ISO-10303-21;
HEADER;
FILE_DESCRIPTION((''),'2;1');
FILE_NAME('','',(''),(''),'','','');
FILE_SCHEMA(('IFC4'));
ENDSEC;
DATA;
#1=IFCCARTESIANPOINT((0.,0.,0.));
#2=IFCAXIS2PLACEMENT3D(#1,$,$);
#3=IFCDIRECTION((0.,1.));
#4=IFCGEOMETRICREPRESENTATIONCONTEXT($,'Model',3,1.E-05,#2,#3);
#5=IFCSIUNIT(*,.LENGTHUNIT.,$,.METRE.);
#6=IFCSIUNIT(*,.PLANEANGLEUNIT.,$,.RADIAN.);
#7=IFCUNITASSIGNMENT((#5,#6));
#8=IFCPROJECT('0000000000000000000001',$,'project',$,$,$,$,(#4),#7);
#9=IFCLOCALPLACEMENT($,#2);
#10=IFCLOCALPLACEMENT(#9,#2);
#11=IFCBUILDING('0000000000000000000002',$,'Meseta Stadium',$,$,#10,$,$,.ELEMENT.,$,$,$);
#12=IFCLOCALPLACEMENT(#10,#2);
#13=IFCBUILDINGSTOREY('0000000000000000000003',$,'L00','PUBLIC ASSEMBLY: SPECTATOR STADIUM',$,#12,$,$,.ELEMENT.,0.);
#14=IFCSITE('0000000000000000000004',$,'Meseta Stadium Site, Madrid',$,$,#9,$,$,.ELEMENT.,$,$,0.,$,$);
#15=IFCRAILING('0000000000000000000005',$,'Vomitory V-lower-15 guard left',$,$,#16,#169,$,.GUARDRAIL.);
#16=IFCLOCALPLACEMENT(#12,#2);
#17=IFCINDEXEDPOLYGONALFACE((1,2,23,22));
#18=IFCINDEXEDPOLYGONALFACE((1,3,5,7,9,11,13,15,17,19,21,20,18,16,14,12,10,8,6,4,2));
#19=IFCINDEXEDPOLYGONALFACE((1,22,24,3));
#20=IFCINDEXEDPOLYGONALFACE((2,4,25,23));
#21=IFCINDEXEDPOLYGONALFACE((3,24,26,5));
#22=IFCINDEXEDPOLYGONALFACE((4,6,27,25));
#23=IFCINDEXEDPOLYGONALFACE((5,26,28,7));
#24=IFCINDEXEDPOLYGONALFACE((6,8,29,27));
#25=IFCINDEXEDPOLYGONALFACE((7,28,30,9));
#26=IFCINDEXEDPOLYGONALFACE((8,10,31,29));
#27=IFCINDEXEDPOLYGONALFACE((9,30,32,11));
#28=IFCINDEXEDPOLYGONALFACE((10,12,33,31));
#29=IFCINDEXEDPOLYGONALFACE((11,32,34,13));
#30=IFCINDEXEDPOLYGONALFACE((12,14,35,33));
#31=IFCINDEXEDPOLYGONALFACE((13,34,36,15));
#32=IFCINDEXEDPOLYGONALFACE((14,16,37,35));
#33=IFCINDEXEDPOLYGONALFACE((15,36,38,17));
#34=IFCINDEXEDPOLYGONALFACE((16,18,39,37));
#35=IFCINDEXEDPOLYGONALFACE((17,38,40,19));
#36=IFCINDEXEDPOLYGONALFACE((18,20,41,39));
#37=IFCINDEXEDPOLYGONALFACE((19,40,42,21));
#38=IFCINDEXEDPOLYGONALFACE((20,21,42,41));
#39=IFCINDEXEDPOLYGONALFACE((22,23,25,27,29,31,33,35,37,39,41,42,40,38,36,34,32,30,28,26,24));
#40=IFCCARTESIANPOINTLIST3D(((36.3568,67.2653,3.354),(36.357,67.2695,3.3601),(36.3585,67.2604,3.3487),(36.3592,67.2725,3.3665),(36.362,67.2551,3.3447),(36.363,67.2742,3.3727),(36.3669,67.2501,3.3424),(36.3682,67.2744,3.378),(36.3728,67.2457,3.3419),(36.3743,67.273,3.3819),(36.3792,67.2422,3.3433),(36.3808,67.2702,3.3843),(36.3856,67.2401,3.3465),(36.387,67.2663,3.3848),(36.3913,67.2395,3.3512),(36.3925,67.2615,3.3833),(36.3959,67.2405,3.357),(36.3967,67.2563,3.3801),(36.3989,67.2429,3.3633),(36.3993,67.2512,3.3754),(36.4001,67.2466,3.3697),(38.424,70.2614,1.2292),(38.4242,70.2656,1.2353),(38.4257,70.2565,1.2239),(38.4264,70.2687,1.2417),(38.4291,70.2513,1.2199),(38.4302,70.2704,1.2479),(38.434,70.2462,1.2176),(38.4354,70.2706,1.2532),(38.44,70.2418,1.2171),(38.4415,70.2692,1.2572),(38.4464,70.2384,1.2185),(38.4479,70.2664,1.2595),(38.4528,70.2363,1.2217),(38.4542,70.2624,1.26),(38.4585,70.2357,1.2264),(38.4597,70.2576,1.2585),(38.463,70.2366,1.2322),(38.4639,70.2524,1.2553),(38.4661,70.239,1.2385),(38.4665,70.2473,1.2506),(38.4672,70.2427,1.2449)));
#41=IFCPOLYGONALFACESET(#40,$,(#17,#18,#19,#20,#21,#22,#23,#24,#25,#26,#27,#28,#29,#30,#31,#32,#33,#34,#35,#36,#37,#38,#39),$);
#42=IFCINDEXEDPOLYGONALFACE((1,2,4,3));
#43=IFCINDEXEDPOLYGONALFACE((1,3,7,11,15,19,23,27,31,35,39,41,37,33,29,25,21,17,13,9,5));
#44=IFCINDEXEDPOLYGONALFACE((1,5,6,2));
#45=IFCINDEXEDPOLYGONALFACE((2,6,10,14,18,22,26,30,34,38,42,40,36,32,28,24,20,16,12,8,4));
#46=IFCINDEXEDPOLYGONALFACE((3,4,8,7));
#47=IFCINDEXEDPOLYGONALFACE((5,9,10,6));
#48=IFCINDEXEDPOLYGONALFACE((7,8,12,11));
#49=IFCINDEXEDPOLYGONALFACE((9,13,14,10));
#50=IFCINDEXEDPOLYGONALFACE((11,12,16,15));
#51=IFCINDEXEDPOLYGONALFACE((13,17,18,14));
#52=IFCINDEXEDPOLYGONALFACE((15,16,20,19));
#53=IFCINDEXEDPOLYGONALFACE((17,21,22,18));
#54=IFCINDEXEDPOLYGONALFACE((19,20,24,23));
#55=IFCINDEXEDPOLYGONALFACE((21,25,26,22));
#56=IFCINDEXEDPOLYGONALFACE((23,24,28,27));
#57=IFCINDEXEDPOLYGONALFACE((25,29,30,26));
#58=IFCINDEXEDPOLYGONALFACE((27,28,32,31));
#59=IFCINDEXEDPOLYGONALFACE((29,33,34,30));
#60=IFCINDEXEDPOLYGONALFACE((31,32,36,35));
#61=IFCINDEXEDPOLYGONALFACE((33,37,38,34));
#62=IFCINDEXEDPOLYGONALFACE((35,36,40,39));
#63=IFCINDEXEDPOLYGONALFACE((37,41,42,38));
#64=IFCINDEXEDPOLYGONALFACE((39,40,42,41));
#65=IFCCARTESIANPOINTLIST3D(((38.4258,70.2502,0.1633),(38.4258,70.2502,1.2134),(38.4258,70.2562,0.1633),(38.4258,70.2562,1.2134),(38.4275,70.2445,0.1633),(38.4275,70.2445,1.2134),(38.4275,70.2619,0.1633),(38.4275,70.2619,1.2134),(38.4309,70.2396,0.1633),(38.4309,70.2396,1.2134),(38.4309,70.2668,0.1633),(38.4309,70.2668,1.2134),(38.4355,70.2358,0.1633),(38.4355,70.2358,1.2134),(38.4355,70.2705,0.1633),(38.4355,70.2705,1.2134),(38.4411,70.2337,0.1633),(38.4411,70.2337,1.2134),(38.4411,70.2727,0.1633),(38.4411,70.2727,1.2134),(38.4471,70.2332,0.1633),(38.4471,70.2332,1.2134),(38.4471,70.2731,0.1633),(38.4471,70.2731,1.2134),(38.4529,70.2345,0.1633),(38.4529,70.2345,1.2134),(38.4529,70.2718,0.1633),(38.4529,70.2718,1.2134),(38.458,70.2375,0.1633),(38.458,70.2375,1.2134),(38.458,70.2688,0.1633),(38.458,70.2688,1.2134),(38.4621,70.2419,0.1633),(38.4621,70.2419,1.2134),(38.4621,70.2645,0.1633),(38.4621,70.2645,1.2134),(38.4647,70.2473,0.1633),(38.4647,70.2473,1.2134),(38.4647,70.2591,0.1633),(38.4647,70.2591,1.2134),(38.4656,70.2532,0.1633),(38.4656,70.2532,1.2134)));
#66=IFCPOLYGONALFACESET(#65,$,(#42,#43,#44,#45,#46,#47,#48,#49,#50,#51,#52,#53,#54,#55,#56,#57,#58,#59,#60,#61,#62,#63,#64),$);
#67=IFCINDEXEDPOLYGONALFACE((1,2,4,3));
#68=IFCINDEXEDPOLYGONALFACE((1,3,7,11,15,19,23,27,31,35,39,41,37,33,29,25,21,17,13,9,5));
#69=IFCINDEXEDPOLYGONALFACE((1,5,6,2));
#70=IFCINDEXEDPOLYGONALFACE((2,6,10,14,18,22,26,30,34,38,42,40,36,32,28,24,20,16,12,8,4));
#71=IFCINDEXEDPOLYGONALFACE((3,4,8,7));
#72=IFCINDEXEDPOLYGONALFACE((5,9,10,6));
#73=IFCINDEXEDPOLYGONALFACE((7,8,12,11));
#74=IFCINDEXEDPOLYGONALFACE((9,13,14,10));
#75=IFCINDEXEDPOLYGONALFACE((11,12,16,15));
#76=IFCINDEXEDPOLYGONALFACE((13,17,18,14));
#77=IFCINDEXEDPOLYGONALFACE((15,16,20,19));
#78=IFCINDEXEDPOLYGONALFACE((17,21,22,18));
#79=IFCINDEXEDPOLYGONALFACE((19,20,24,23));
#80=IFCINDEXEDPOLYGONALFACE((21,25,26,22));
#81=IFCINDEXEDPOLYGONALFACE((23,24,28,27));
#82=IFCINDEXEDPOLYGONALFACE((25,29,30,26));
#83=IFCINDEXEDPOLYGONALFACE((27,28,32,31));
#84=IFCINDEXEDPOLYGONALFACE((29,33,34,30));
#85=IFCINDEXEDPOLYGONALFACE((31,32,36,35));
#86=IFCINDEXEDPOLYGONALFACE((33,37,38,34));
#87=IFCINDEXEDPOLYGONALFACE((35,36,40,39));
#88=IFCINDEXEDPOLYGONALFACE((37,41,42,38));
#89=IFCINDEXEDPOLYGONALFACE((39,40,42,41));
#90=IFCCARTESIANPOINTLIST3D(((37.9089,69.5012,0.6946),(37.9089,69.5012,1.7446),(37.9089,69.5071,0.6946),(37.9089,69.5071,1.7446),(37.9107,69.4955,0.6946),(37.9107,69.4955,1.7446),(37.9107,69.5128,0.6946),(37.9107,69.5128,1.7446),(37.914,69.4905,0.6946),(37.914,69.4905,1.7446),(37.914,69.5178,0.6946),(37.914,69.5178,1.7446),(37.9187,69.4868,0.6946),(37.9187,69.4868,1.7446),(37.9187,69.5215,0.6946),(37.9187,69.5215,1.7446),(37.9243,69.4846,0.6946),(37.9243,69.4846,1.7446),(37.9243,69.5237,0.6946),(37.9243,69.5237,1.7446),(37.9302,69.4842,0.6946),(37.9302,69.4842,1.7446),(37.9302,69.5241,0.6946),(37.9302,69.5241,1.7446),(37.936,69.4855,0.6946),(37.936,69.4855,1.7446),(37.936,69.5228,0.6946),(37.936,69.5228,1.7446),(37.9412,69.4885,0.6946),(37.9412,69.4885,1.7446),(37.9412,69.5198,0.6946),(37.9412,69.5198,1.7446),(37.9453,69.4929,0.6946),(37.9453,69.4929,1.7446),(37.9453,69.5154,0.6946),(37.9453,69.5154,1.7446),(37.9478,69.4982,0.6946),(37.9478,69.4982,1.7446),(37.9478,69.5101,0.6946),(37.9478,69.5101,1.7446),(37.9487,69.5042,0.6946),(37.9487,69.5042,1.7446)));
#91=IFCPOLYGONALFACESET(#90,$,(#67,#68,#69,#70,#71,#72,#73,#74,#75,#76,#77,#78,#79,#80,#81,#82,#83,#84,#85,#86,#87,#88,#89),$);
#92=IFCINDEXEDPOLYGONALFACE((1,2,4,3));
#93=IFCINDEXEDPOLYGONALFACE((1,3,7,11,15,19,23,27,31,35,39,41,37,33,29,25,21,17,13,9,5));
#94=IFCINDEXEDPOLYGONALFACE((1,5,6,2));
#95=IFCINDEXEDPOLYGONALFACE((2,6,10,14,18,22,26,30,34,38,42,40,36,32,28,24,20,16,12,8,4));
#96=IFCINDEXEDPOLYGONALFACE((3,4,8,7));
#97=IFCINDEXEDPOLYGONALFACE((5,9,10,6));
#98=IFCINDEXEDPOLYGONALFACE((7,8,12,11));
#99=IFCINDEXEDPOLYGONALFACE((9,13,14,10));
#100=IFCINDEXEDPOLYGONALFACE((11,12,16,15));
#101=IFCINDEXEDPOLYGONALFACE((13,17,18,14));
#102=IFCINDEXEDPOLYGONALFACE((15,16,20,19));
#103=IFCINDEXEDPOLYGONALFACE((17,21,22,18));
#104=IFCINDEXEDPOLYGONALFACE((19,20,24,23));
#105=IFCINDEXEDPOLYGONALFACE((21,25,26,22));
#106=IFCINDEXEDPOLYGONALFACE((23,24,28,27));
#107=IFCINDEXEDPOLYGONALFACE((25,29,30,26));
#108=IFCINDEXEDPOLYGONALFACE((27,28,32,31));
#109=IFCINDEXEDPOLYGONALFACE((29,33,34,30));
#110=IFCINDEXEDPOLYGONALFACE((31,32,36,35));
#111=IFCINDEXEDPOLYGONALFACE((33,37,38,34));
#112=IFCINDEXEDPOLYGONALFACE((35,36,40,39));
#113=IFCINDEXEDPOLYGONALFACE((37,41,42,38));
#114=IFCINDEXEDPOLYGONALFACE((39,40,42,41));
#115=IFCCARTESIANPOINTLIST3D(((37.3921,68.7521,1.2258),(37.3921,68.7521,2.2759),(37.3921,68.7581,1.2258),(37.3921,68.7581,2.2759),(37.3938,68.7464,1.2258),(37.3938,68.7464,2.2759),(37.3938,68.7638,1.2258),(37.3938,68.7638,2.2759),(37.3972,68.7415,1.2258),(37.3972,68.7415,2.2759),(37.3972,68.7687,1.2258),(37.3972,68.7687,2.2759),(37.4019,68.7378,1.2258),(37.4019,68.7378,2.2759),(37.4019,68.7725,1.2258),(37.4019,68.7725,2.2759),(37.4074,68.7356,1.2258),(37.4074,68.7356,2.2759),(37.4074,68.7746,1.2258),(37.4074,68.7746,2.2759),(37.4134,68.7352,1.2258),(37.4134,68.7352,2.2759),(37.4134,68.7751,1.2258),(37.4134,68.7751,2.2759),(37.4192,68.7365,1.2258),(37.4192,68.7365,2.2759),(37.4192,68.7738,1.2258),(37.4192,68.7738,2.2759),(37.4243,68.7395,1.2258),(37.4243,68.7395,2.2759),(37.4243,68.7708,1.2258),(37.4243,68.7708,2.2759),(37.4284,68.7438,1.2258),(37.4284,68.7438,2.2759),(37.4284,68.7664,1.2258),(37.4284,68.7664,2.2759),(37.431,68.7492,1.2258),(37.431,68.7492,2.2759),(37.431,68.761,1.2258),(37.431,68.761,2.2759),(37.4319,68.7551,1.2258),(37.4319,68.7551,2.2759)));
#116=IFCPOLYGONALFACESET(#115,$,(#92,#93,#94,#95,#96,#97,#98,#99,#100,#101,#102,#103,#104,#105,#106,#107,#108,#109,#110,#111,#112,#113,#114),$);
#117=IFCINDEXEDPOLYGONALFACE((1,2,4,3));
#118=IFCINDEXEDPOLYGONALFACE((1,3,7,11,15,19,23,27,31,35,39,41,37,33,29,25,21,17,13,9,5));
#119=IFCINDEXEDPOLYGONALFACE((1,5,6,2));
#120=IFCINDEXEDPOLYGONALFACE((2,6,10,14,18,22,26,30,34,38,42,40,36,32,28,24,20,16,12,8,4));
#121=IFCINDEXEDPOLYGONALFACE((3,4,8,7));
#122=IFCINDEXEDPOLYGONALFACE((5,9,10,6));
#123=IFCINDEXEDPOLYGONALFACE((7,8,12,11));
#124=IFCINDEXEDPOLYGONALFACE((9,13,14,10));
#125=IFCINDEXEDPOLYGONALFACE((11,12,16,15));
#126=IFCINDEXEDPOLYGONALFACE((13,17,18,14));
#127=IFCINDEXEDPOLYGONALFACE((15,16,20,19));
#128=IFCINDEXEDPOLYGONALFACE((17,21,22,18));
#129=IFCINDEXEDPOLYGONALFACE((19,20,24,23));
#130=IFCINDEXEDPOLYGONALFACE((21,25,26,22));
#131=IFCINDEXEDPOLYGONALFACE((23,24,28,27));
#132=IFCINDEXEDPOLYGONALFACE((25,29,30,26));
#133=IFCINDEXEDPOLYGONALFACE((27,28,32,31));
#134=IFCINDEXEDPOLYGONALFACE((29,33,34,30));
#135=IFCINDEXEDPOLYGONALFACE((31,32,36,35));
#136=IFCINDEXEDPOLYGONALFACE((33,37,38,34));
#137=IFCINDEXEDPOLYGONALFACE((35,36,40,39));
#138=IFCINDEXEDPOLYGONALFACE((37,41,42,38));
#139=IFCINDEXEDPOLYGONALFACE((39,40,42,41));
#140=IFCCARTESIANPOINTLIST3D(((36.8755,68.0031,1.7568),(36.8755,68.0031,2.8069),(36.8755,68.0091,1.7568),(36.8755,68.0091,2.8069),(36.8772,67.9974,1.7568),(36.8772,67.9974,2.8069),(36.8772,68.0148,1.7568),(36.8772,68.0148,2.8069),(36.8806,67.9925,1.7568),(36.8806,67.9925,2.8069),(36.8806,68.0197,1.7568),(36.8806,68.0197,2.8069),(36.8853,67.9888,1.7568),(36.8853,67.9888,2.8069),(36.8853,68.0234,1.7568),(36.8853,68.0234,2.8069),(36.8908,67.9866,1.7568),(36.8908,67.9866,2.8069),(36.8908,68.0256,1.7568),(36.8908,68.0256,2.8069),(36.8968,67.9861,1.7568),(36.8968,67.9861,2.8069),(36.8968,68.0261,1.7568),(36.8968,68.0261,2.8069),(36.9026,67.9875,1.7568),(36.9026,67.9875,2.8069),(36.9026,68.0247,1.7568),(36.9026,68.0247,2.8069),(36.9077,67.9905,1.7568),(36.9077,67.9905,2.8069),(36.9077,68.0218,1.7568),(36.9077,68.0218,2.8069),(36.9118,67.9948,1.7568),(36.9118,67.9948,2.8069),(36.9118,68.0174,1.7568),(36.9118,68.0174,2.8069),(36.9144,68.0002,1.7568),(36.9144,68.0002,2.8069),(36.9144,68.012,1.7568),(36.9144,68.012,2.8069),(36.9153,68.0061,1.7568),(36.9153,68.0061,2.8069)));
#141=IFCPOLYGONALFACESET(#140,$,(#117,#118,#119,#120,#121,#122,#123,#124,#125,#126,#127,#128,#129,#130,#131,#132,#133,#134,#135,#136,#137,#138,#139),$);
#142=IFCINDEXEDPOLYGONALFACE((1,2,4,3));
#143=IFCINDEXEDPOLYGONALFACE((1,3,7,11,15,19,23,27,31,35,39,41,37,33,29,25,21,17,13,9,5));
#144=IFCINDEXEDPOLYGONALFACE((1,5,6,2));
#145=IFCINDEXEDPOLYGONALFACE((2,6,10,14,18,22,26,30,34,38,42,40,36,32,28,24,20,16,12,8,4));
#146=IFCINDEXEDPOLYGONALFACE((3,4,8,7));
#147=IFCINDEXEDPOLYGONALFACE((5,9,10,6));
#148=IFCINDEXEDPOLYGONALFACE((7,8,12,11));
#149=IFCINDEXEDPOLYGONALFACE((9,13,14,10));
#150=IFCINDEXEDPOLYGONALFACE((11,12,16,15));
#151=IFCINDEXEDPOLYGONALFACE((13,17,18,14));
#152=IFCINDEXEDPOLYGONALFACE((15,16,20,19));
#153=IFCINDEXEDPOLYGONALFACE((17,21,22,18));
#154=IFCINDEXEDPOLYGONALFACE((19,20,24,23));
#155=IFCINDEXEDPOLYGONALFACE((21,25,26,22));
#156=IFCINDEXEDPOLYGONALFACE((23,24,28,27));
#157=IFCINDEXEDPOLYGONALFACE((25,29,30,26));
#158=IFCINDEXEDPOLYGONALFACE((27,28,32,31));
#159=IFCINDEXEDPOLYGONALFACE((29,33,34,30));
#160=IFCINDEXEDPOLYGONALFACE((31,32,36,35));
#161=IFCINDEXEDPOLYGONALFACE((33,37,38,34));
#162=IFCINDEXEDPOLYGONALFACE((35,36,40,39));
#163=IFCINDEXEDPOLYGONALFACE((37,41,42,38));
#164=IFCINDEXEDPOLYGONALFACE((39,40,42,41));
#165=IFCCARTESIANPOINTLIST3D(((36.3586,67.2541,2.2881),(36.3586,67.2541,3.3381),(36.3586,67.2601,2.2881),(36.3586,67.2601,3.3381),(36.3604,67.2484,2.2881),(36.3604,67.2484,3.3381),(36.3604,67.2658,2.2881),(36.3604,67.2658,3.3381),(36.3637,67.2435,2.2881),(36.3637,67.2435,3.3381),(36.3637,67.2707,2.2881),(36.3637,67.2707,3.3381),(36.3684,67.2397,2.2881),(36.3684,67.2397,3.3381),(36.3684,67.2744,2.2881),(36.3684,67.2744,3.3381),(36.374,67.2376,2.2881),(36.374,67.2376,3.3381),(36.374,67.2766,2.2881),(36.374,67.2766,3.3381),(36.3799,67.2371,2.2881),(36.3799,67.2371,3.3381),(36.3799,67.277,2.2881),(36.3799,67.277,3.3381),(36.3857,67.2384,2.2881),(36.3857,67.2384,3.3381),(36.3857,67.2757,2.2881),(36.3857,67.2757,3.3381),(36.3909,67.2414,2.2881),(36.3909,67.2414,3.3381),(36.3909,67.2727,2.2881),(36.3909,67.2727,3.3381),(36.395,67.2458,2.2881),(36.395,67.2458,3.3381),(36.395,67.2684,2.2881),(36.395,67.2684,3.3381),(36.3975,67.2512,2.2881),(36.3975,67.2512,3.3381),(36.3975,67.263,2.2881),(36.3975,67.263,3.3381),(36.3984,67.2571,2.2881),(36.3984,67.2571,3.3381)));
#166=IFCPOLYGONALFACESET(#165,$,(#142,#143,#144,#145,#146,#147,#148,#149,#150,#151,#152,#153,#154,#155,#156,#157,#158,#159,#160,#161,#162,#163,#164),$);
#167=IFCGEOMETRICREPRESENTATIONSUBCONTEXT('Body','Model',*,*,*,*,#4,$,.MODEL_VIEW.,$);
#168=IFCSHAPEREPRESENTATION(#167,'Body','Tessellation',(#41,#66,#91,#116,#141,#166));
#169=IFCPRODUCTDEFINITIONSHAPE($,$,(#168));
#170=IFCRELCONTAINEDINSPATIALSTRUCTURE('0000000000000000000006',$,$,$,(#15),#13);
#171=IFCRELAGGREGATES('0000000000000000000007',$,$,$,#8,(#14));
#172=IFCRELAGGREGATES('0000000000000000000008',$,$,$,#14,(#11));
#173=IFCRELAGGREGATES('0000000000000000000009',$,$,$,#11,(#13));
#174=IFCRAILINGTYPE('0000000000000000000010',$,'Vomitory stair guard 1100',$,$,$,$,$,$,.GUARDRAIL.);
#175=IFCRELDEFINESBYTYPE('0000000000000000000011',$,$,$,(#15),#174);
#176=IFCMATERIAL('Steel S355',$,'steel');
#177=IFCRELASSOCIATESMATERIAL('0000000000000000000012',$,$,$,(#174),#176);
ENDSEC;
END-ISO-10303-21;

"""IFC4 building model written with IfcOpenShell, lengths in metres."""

from ifc_helpers import new_model, si_unit, direction, frame, origin, origin_2d, place, context, subcontext, project, spatial, circle, extrude, material, type_object, element, save


model = new_model("IFC4")

# Units and contexts
model_context = context("Model", 3, precision=1e-05, world=origin(), true_north=direction((0.0, 1.0)))
body_context = subcontext(model_context, "Body", "Model", "MODEL_VIEW")
ifc_project = project(units=[si_unit("LENGTHUNIT", "METRE"), si_unit("PLANEANGLEUNIT", "RADIAN")], contexts=[model_context])

# Site, building, storey
site_placement = place(None, origin())
site = spatial("IfcSite", under=ifc_project, at=site_placement, Name="Meseta Stadium Site, Madrid", CompositionType="ELEMENT", RefElevation=0.0)
building_placement = place(site_placement, origin())
building = spatial("IfcBuilding", under=site, at=building_placement, Name="Meseta Stadium", CompositionType="ELEMENT")
storey_placement = place(building_placement, origin())
storey = spatial("IfcBuildingStorey", under=building, at=storey_placement, Name="L00", Description="PUBLIC ASSEMBLY: SPECTATOR STADIUM", CompositionType="ELEMENT", Elevation=0.0)

# Railing
ifc_material_1 = material(Name="Steel S355", Category="steel")
railing_type_1 = type_object("IfcRailingType", Name="Vomitory stair guard 1100", PredefinedType="GUARDRAIL", material=ifc_material_1)
railing_1_placement = place(storey_placement, frame((38.4456, 70.2532, 0.1633)))
element("IfcRailing", 1, at=railing_1_placement, inside=storey, type_object=railing_type_1, Name="Vomitory V-lower-15 guard left", PredefinedType="GUARDRAIL", context=body_context, shape_type="SweptSolid", body=[
    extrude(circle(Radius=0.0249, at=origin_2d()), frame((0.0, 0.0, 1.0752), z_axis=(-0.490452, -0.710857, 0.504122), x_axis=(0.823101, -0.567894, 0.0)), (0.0, 0.0, 1.0), 4.2148),
    extrude(circle(Radius=0.02, at=origin_2d()), origin(), (0.0, 0.0, 1.0), 1.05),
    extrude(circle(Radius=0.02, at=origin_2d()), frame((-0.5168, -0.749, 0.5312)), (0.0, 0.0, 1.0), 1.05),
    extrude(circle(Radius=0.02, at=origin_2d()), frame((-1.0337, -1.498, 1.0625)), (0.0, 0.0, 1.0), 1.05),
    extrude(circle(Radius=0.02, at=origin_2d()), frame((-1.5503, -2.2471, 1.5935)), (0.0, 0.0, 1.0), 1.05),
    extrude(circle(Radius=0.02, at=origin_2d()), frame((-2.0671, -2.9961, 2.1248)), (0.0, 0.0, 1.0), 1.05),
])

save(model, "model.ifc")
